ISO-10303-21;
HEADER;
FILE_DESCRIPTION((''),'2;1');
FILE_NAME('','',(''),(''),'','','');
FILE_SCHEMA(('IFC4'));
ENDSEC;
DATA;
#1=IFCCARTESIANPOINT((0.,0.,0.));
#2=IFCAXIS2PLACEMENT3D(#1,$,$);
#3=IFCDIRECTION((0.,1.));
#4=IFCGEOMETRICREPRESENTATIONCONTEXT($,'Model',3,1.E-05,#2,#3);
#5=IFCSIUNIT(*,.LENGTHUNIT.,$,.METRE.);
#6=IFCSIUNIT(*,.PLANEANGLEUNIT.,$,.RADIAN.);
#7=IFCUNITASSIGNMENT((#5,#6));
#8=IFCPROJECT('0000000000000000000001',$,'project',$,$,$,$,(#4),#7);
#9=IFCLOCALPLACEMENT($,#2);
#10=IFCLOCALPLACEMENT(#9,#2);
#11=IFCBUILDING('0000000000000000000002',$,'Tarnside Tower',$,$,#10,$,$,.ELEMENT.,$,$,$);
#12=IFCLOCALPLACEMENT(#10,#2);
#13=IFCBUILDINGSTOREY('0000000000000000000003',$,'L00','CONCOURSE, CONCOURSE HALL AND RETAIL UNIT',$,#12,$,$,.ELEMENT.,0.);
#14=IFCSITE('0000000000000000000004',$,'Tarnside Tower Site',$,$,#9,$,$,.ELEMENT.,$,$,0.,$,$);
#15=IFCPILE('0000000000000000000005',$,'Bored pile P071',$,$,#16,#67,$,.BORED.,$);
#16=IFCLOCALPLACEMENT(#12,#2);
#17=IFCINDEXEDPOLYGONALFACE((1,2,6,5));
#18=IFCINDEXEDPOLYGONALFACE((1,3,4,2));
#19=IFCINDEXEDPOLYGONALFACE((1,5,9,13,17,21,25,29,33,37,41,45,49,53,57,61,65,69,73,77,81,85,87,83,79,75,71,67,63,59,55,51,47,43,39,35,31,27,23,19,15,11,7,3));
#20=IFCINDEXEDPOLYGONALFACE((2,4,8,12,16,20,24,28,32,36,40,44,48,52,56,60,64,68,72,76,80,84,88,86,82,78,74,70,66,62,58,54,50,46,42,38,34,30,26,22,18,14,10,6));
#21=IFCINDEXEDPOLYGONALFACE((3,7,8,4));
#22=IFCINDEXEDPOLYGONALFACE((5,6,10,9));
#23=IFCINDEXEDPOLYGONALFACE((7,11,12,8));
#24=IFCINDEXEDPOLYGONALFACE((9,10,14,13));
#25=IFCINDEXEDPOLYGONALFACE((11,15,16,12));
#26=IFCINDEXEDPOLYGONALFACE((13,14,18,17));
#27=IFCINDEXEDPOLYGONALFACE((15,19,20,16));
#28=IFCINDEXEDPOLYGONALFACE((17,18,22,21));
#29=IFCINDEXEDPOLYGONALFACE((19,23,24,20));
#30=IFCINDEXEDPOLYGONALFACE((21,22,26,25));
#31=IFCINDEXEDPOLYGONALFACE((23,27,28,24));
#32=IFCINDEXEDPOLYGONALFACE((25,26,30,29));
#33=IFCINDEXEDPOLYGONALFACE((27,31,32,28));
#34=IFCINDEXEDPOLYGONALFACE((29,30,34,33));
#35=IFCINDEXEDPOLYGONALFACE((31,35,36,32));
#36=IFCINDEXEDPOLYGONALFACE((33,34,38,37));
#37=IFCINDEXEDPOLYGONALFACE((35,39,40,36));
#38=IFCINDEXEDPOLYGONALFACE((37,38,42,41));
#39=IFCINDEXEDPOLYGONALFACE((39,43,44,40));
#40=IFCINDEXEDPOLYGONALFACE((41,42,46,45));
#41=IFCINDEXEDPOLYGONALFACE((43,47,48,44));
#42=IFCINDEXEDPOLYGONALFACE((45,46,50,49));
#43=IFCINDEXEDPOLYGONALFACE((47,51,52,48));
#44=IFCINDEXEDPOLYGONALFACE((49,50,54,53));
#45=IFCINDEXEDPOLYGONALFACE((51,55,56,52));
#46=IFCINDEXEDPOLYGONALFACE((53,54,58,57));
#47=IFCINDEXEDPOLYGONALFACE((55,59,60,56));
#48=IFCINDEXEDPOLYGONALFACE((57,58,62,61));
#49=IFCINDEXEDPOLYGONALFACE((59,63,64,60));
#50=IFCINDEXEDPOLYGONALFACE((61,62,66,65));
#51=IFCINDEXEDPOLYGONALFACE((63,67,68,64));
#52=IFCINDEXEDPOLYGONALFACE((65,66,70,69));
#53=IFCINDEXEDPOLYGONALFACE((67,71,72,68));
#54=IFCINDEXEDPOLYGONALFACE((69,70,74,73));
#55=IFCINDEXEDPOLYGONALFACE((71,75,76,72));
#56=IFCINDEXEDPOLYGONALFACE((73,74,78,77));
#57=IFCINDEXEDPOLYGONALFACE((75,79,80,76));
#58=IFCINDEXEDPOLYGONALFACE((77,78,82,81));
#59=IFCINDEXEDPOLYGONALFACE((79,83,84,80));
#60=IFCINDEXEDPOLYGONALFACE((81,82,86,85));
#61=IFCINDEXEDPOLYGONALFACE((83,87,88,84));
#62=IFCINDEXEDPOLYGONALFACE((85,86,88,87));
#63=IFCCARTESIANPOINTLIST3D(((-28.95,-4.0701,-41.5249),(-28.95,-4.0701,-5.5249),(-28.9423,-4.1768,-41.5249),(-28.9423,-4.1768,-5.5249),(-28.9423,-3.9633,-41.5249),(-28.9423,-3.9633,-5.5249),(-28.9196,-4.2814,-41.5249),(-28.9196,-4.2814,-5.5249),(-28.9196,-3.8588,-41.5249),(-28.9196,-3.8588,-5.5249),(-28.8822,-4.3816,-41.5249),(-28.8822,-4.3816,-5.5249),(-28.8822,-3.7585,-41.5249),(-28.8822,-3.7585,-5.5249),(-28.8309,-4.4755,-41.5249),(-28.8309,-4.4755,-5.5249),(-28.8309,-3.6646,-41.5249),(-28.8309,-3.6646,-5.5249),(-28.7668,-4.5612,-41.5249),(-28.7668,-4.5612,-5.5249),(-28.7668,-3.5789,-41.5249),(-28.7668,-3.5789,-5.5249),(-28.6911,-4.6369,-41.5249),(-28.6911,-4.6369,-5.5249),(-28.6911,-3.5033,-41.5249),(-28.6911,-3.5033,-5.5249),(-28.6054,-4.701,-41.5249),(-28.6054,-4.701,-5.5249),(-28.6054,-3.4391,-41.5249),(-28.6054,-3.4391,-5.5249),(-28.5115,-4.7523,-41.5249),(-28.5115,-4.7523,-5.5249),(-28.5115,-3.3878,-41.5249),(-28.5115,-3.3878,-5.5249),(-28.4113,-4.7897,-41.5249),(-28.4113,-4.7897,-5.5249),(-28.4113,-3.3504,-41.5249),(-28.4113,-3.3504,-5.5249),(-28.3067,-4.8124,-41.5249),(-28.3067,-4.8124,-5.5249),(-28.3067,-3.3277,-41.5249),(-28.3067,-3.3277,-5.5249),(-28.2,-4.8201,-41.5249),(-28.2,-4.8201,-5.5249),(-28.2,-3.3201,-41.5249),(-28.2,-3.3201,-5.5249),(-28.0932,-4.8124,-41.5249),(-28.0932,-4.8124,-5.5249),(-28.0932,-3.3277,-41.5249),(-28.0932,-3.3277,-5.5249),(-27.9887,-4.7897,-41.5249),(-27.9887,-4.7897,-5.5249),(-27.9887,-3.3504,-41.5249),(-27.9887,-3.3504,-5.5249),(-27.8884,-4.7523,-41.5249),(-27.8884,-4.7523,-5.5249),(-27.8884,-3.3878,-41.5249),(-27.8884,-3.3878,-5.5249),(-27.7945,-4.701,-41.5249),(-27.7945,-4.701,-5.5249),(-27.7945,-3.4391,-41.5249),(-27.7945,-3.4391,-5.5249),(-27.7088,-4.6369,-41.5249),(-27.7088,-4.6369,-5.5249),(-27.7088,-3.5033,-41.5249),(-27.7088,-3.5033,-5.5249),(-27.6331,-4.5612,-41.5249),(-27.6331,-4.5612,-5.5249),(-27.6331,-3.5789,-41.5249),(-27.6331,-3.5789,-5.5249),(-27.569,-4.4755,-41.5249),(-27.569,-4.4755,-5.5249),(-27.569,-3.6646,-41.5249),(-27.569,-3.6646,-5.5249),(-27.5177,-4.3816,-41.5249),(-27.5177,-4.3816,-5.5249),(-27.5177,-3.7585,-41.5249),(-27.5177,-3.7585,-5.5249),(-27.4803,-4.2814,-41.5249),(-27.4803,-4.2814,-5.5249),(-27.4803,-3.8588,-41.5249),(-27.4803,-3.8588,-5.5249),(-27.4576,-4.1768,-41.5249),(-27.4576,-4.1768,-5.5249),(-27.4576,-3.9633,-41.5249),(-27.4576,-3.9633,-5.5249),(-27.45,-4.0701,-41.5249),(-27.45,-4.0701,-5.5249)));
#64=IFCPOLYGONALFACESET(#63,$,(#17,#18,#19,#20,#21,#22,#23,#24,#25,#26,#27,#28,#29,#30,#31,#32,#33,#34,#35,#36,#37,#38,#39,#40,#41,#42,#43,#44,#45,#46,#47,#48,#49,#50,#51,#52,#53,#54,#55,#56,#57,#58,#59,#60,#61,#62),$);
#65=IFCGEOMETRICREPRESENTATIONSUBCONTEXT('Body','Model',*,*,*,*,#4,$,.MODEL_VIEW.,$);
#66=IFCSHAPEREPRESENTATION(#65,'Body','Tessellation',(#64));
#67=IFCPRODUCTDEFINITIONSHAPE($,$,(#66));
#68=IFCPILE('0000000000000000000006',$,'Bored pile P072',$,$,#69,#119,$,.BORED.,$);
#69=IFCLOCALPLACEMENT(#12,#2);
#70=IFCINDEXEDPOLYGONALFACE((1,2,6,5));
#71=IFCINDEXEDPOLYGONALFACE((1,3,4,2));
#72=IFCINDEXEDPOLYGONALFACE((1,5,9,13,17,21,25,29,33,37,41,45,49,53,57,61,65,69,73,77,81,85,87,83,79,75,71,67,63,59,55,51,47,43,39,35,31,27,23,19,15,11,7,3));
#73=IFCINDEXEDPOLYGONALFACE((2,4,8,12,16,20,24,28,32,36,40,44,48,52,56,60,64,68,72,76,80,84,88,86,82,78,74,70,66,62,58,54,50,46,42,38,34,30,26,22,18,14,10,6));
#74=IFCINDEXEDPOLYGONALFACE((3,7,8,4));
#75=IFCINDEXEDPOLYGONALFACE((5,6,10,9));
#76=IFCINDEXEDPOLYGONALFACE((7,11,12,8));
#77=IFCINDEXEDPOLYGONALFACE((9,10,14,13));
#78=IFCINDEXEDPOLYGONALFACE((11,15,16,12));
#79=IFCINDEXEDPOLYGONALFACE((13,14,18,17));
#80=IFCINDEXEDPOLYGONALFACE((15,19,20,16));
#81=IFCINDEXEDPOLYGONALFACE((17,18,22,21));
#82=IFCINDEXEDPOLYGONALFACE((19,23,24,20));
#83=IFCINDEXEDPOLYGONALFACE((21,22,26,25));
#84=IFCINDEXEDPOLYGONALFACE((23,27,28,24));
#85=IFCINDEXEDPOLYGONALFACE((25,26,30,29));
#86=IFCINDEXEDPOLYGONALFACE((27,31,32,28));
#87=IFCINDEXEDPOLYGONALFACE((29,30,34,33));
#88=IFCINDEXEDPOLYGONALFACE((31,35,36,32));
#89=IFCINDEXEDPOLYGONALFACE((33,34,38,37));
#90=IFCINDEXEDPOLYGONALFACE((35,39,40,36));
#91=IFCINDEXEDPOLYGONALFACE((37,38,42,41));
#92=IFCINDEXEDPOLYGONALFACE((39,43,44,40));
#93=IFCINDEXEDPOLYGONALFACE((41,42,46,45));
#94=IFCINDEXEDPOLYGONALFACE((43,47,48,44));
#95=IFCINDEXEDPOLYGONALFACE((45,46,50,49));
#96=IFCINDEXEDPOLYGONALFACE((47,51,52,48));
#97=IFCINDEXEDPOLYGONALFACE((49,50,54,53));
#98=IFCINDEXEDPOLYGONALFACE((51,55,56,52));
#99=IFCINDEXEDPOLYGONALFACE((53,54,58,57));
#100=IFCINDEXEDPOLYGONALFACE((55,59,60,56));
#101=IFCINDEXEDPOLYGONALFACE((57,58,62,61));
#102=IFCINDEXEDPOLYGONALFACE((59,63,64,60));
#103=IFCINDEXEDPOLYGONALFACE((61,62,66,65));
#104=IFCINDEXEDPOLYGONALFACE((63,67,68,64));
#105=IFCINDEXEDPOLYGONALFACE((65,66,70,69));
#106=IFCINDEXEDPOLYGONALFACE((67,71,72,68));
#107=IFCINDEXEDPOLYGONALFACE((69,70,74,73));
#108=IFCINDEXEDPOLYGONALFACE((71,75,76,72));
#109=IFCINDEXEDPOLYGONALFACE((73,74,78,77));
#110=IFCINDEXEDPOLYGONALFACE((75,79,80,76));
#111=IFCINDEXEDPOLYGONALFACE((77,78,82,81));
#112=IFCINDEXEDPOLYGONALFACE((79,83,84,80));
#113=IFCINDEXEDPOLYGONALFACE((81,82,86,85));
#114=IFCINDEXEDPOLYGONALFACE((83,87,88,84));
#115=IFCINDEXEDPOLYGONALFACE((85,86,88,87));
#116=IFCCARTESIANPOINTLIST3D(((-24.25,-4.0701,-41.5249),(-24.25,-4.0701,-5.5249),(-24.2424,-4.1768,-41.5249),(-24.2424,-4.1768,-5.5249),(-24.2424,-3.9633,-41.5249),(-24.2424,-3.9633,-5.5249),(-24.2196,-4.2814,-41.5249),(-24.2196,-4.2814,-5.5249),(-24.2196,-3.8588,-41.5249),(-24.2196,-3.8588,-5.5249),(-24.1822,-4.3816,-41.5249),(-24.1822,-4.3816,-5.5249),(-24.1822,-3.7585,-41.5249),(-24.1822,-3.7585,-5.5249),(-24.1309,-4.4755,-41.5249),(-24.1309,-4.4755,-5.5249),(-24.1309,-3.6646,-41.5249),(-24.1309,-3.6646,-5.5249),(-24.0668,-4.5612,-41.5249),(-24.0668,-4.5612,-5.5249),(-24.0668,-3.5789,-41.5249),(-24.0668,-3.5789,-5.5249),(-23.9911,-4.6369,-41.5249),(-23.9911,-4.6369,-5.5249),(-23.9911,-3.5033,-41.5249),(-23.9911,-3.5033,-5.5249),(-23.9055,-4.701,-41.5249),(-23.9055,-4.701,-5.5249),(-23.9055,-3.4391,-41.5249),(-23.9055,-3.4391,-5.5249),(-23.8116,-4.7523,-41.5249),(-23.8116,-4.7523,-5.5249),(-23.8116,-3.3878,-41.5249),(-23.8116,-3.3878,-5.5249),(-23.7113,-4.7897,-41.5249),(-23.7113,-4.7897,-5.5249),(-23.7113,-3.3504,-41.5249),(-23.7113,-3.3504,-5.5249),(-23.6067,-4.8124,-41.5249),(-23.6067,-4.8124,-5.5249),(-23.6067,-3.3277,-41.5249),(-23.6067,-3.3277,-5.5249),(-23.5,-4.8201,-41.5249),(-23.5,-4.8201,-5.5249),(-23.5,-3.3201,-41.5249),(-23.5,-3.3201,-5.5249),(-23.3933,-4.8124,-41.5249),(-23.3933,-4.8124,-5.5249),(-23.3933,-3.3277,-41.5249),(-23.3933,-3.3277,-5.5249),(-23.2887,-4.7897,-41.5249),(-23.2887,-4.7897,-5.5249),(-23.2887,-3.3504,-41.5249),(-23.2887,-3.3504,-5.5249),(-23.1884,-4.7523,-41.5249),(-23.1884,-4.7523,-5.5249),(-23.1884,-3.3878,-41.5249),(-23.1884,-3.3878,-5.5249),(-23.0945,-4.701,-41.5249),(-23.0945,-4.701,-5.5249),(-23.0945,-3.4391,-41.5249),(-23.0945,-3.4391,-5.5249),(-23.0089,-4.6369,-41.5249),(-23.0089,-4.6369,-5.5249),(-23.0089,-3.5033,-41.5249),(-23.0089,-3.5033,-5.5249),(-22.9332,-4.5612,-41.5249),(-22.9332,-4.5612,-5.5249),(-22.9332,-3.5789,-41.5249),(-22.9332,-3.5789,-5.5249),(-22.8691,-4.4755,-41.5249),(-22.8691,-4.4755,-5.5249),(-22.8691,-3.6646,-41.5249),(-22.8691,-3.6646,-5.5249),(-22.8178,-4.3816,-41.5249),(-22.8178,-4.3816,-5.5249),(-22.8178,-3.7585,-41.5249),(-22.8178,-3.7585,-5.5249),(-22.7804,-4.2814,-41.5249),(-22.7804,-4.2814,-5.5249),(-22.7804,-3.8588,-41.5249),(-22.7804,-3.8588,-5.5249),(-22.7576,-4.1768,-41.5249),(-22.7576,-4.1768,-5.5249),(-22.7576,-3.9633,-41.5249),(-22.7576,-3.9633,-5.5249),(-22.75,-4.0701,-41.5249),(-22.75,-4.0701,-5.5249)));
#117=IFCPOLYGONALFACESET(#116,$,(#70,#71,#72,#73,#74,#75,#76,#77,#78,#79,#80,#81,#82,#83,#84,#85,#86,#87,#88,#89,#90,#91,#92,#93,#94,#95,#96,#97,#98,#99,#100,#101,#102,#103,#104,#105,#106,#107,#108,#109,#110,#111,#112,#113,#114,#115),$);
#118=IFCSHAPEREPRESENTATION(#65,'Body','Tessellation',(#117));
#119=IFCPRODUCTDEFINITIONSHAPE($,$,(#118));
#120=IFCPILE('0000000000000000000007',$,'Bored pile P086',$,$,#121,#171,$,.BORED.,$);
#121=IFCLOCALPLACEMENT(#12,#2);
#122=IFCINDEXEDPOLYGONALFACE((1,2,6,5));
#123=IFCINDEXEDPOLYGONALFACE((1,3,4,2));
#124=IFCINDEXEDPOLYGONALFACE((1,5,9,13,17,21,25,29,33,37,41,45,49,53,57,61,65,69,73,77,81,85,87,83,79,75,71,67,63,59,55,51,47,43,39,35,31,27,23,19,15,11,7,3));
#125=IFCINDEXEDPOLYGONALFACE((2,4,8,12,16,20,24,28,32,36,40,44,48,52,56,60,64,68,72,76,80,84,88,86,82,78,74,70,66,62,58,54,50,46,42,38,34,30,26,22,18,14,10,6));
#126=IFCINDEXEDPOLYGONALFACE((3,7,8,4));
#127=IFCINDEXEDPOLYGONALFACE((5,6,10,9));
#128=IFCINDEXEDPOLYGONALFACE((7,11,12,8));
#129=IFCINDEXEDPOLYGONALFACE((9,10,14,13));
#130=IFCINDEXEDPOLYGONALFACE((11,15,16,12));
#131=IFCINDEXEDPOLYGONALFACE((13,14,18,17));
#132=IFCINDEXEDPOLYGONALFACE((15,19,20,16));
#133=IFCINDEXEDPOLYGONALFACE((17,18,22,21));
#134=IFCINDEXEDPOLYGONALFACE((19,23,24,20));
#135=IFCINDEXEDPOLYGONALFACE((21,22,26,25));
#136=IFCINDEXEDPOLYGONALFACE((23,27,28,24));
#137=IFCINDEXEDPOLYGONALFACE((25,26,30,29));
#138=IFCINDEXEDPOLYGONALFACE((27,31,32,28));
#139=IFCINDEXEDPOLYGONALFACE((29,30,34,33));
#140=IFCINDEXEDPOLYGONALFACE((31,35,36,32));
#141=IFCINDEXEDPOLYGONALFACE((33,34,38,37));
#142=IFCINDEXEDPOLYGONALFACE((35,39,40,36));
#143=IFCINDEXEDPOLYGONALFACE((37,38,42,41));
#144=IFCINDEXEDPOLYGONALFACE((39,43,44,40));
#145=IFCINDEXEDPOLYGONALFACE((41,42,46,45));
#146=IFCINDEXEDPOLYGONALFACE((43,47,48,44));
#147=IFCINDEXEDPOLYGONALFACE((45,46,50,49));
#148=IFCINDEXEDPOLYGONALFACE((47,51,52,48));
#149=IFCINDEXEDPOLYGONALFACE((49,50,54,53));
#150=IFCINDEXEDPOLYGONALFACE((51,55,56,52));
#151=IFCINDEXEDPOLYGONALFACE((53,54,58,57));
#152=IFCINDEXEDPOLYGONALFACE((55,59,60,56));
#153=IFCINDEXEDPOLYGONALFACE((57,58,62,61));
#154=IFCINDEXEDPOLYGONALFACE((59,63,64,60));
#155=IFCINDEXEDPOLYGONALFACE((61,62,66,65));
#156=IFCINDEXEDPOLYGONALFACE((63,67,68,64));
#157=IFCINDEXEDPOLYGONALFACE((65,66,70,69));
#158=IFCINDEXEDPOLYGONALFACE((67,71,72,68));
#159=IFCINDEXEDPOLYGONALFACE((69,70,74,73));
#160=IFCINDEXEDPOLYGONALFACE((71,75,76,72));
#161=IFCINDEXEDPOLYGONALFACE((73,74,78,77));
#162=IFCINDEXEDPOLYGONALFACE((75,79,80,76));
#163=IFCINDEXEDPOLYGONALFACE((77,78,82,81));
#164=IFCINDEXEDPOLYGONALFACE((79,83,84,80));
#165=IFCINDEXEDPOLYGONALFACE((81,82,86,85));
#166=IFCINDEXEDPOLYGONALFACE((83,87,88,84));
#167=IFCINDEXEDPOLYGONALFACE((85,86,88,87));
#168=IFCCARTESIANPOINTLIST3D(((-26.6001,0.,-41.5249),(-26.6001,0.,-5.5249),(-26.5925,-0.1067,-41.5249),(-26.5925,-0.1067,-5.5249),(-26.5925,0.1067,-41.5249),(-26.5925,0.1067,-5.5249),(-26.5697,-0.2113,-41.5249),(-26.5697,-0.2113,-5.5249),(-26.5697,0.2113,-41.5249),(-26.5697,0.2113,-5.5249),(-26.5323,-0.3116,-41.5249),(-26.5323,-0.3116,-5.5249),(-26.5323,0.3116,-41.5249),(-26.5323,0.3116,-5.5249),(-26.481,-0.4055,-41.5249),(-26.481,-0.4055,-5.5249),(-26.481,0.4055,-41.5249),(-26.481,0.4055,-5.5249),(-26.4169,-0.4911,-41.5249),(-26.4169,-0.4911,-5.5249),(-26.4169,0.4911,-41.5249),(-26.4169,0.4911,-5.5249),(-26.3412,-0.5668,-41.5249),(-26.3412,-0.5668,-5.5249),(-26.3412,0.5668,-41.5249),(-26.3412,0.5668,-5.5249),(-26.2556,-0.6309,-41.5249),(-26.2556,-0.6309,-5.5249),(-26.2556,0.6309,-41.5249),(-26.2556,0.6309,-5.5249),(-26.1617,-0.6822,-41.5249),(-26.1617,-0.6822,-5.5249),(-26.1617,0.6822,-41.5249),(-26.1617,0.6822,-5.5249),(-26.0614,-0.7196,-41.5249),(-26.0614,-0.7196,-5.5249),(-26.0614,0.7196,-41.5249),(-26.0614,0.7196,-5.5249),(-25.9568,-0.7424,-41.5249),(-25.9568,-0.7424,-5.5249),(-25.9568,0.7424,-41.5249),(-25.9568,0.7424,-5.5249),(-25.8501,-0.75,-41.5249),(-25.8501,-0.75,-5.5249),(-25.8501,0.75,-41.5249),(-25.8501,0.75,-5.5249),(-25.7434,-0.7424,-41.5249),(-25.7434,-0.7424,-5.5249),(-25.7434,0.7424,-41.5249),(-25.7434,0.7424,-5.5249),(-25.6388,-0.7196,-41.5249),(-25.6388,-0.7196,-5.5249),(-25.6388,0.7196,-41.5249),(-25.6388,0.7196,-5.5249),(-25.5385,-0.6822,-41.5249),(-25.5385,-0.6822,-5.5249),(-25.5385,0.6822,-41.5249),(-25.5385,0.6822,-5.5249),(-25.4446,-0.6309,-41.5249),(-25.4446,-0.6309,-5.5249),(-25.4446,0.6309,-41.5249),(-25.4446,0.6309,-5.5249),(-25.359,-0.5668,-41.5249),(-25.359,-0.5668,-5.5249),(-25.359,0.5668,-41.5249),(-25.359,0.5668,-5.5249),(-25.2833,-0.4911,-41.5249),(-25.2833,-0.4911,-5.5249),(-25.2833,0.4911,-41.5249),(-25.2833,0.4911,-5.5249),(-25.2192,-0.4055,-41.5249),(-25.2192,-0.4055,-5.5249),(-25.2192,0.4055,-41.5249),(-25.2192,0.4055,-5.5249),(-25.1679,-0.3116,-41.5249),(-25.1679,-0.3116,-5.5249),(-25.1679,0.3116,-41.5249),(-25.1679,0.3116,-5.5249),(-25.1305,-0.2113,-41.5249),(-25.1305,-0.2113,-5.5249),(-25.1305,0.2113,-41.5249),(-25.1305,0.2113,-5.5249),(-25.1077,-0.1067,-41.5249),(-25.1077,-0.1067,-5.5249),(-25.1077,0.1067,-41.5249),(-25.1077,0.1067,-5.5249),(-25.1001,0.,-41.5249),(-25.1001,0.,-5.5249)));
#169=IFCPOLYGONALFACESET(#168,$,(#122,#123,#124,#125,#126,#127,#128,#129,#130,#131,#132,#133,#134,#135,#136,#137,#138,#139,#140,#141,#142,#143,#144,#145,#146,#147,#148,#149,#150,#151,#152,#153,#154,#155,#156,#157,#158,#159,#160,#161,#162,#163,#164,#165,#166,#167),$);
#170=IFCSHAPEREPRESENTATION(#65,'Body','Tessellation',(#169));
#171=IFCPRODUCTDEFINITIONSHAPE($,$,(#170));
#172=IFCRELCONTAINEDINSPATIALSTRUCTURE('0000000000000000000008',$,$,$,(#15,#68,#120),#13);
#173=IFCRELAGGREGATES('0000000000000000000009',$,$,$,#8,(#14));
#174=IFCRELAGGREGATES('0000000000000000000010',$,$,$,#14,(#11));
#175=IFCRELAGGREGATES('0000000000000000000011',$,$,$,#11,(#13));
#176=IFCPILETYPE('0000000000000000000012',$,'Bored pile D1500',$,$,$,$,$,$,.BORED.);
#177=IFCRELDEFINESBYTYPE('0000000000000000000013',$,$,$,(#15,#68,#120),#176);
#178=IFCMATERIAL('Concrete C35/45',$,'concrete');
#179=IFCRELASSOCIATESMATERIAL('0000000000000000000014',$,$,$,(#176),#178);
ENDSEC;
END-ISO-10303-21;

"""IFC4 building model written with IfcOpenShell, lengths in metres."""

from ifc_helpers import new_model, si_unit, direction, frame, origin, origin_2d, place, context, subcontext, project, spatial, circle, extrude, material, material_profile, profile_set, type_object, element, save


model = new_model("IFC4")

# Units and contexts
model_context = context("Model", 3, precision=1e-05, world=origin(), true_north=direction((0.0, 1.0)))
body_context = subcontext(model_context, "Body", "Model", "MODEL_VIEW")
ifc_project = project(units=[si_unit("LENGTHUNIT", "METRE"), si_unit("PLANEANGLEUNIT", "RADIAN")], contexts=[model_context])

# Site, building, storey
site_placement = place(None, origin())
site = spatial("IfcSite", under=ifc_project, at=site_placement, Name="Tarnside Tower Site", CompositionType="ELEMENT", RefElevation=0.0)
building_placement = place(site_placement, origin())
building = spatial("IfcBuilding", under=site, at=building_placement, Name="Tarnside Tower", CompositionType="ELEMENT")
storey_placement = place(building_placement, origin())
storey = spatial("IfcBuildingStorey", under=building, at=storey_placement, Name="L00", Description="CONCOURSE, CONCOURSE HALL AND RETAIL UNIT", CompositionType="ELEMENT", Elevation=0.0)

# Piles
ifc_material_1 = material(Name="Concrete C35/45", Category="concrete")
ifc_material_profile_1 = material_profile(ifc_material_1, circle(Radius=0.75, at=origin_2d()), Name="Bored pile D1500")
ifc_profile_set_1 = profile_set([ifc_material_profile_1], Name="Concrete C35/45")
pile_type = type_object("IfcPileType", Name="Bored pile D1500", PredefinedType="BORED", material=ifc_profile_set_1)
for number, where, z_axis, x_axis, name in (
    (1, (-28.2, -4.0701, -5.5249), (0.0, 0.0, -1.0), (1.0, 0.0, 0.0), "Bored pile P071"),
    (2, (-23.5, -4.0701, -5.5249), (0.0, 0.0, -1.0), (1.0, 0.0, 0.0), "Bored pile P072"),
    (3, (-25.8501, 0.0, -5.5249), (0.0, 0.0, -1.0), (1.0, 0.0, 0.0), "Bored pile P086"),
):
    element("IfcPile", number, at=place(storey_placement, frame(where, z_axis=z_axis, x_axis=x_axis)), inside=storey, type_object=pile_type, Name=name, PredefinedType="BORED", context=body_context, shape_type="SweptSolid", body=[
        extrude(circle(Radius=0.75, at=origin_2d()), origin(), (0.0, 0.0, 1.0), 36.0),
    ])

save(model, "model.ifc")
